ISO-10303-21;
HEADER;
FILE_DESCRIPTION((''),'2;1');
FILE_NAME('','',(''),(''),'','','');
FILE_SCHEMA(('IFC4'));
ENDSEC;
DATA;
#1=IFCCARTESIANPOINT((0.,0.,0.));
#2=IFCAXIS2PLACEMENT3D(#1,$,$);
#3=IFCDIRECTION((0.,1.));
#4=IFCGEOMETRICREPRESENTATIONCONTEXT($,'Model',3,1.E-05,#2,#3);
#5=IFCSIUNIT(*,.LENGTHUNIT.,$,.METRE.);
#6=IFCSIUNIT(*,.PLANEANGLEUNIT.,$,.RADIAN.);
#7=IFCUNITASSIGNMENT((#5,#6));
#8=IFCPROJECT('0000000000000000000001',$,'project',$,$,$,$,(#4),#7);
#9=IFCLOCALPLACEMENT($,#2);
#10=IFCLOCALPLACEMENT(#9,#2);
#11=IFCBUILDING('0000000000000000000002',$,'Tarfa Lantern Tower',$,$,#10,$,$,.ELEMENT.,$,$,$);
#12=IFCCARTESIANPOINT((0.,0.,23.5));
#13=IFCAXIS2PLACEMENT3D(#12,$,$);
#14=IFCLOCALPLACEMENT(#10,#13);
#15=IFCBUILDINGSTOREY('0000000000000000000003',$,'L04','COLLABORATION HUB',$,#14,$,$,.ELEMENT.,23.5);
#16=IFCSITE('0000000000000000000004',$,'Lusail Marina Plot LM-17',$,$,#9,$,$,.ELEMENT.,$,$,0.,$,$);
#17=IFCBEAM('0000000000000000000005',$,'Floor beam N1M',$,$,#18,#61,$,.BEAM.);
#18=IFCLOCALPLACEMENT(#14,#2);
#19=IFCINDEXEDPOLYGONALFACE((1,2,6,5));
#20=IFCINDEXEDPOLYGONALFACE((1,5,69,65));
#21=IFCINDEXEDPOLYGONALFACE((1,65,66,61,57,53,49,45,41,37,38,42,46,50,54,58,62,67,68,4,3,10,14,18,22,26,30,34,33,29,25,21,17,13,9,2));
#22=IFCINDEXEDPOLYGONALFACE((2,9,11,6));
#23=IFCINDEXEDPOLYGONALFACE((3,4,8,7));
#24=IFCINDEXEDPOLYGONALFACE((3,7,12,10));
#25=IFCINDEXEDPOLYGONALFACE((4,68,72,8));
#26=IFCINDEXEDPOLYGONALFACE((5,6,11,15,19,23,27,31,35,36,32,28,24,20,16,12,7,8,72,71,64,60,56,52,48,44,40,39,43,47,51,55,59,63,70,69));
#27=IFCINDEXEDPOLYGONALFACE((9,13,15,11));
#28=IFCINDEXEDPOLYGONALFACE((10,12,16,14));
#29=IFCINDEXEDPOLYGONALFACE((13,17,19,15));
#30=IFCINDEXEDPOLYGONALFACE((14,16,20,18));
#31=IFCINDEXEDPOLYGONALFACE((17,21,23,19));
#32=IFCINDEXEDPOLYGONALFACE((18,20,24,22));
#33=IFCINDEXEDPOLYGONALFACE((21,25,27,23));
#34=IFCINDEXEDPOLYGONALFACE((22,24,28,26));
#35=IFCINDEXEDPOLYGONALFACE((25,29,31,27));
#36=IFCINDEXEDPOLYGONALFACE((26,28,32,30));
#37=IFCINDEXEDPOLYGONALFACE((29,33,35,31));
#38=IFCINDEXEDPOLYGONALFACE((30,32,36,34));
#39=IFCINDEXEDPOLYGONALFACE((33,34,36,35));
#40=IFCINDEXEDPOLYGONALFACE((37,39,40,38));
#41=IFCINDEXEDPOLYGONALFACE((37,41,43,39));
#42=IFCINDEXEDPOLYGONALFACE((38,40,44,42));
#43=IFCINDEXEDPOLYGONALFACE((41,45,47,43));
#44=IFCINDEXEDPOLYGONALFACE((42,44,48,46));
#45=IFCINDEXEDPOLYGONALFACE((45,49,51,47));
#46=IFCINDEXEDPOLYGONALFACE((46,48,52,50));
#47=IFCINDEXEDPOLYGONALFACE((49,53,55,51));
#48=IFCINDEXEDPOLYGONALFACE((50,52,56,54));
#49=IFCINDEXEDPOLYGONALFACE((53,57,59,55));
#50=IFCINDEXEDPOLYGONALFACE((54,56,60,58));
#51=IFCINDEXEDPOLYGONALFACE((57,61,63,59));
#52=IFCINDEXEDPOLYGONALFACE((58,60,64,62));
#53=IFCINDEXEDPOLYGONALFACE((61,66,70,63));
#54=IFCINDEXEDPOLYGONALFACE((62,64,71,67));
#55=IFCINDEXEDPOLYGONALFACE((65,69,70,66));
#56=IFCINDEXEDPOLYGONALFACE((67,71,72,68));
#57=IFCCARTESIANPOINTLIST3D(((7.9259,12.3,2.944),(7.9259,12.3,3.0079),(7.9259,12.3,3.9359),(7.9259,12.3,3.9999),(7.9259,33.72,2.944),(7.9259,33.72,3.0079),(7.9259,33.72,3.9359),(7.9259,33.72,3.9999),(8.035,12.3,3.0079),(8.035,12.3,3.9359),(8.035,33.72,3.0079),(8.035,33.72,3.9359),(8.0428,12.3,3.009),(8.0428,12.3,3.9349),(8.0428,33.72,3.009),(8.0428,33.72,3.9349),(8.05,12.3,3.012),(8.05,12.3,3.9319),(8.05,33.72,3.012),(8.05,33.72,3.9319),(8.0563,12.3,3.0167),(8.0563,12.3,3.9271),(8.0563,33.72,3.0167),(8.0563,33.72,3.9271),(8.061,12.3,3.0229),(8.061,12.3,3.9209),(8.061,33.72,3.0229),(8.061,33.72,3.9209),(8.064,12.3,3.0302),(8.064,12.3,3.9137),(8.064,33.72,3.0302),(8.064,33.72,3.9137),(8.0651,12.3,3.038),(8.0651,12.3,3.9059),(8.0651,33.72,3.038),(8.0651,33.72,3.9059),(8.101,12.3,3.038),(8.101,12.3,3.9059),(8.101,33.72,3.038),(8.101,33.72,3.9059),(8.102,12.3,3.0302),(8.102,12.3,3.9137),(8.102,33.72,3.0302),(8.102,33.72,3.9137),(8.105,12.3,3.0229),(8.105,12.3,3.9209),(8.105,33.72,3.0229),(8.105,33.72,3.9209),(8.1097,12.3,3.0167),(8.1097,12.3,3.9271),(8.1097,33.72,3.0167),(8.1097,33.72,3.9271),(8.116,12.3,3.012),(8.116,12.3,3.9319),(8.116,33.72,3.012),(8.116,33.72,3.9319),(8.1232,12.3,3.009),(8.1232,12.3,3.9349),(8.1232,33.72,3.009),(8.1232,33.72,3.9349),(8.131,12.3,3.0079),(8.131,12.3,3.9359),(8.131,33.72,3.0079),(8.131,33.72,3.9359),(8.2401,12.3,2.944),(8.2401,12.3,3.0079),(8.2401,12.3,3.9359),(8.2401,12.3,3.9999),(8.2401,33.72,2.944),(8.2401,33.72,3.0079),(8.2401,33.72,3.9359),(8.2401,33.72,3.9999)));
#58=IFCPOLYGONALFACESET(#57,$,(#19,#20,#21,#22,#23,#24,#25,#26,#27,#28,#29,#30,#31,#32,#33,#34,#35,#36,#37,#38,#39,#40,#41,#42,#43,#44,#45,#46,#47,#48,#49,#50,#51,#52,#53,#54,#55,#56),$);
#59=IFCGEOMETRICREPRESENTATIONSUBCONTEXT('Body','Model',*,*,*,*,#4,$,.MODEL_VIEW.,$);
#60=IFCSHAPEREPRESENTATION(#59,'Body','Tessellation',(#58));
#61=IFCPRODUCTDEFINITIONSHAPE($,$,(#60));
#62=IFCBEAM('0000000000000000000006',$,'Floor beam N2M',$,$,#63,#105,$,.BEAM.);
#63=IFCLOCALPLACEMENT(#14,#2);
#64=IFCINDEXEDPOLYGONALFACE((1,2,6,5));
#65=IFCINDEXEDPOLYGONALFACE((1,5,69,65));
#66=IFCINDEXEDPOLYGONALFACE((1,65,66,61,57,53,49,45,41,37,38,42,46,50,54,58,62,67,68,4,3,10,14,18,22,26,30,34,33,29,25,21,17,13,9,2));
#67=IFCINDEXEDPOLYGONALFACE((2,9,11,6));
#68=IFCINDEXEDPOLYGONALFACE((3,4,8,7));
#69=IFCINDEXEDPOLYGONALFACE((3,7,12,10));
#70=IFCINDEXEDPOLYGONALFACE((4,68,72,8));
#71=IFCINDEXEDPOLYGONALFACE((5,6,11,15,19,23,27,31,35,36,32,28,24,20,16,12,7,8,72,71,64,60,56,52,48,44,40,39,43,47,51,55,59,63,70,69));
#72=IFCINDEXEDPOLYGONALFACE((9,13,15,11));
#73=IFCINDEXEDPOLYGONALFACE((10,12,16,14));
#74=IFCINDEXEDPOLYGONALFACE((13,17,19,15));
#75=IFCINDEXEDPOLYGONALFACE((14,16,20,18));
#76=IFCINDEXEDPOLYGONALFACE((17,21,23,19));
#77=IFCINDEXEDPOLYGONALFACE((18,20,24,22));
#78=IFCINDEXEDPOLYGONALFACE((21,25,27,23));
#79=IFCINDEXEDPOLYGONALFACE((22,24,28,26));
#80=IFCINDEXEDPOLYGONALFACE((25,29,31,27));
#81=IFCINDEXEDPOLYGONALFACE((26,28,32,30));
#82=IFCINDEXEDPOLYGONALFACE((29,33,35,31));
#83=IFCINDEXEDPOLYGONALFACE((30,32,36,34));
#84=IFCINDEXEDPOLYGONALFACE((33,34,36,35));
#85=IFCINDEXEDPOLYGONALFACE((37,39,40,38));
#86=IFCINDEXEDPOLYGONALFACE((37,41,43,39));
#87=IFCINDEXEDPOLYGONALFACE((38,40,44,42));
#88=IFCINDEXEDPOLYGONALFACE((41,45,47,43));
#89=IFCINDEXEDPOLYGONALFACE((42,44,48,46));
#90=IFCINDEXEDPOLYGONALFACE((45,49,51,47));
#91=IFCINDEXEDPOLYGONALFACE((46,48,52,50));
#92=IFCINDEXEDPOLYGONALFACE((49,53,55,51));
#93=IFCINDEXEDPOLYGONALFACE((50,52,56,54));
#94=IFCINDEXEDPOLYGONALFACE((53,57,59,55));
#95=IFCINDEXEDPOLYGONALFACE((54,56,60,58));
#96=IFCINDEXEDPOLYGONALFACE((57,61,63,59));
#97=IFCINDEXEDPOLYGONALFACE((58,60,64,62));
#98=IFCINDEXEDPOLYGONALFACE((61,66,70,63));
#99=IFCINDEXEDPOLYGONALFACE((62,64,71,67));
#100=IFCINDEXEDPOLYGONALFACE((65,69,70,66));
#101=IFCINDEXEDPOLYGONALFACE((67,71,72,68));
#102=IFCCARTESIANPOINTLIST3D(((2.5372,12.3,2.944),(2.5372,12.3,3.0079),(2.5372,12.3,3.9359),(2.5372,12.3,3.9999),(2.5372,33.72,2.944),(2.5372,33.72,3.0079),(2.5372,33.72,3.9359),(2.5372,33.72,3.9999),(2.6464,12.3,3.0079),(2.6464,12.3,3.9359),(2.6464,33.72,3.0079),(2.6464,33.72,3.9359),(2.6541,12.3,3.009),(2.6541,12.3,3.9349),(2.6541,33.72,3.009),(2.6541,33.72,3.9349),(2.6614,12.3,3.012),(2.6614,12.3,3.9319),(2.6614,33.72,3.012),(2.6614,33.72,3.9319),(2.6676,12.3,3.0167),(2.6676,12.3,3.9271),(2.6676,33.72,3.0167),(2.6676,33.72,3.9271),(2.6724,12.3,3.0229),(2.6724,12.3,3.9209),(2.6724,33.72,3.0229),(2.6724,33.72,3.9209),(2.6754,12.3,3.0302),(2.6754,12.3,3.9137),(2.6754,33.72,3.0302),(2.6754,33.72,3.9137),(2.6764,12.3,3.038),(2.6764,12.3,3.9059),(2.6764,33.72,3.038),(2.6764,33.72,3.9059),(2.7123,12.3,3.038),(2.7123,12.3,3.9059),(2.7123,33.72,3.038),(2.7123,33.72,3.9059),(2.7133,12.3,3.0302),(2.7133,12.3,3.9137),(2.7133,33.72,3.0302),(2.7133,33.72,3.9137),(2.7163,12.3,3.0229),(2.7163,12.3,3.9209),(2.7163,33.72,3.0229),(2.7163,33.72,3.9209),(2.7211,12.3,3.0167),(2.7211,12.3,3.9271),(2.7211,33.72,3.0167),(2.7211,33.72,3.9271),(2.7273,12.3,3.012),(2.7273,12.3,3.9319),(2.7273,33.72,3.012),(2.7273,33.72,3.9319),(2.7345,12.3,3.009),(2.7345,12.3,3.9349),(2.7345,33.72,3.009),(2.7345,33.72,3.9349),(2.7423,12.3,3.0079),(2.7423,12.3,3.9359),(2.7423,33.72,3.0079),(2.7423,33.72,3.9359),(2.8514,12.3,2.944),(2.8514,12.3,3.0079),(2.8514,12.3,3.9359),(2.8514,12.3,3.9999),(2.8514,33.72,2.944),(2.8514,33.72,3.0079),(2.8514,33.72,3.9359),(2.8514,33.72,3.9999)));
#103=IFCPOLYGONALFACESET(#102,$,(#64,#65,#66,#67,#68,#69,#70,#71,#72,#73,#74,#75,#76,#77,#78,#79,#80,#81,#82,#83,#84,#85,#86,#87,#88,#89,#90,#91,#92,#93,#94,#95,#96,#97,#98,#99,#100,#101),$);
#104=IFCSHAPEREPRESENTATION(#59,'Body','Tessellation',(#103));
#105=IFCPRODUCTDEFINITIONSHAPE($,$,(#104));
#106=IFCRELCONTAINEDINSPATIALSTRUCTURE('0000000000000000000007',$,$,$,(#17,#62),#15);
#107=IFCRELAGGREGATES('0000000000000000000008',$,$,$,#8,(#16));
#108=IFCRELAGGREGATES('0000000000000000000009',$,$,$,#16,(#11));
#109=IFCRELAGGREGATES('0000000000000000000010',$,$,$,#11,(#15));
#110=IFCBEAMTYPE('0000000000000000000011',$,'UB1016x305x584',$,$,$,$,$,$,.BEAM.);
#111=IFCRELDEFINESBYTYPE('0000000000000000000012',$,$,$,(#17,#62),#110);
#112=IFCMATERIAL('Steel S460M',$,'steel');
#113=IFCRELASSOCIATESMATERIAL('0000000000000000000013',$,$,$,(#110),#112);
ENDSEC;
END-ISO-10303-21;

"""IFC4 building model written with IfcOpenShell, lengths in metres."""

from ifc_helpers import new_model, si_unit, direction, frame, origin, origin_2d, place, context, subcontext, project, spatial, i_section, extrude, material, material_profile, profile_set, type_object, element, save


model = new_model("IFC4")

# Units and contexts
model_context = context("Model", 3, precision=1e-05, world=origin(), true_north=direction((0.0, 1.0)))
body_context = subcontext(model_context, "Body", "Model", "MODEL_VIEW")
ifc_project = project(units=[si_unit("LENGTHUNIT", "METRE"), si_unit("PLANEANGLEUNIT", "RADIAN")], contexts=[model_context])

# Site, building, storey
site_placement = place(None, origin())
site = spatial("IfcSite", under=ifc_project, at=site_placement, Name="Lusail Marina Plot LM-17", CompositionType="ELEMENT", RefElevation=0.0)
building_placement = place(site_placement, origin())
building = spatial("IfcBuilding", under=site, at=building_placement, Name="Tarfa Lantern Tower", CompositionType="ELEMENT")
storey_placement = place(building_placement, frame((0.0, 0.0, 23.5)))
storey = spatial("IfcBuildingStorey", under=building, at=storey_placement, Name="L04", Description="COLLABORATION HUB", CompositionType="ELEMENT", Elevation=23.5)

# Beams
ifc_material_1 = material(Name="Steel S460M", Category="steel")
ifc_material_profile_1 = material_profile(ifc_material_1, i_section(OverallWidth=0.3142, OverallDepth=1.0559, WebThickness=0.0359, FlangeThickness=0.064, FilletRadius=0.03, at=origin_2d()), Name="UB1016x305x584")
ifc_profile_set_1 = profile_set([ifc_material_profile_1], Name="Steel S460M")
beam_type_1 = type_object("IfcBeamType", Name="UB1016x305x584", PredefinedType="BEAM", material=ifc_profile_set_1)
for number, where, z_axis, x_axis, name in (
    (1, (8.083, 33.72, 3.4719), (0.0, -1.0, 0.0), (1.0, 0.0, 0.0), "Floor beam N1M"),
    (2, (2.6943, 33.72, 3.4719), (0.0, -1.0, 0.0), (1.0, 0.0, 0.0), "Floor beam N2M"),
):
    element("IfcBeam", number, at=place(storey_placement, frame(where, z_axis=z_axis, x_axis=x_axis)), inside=storey, type_object=beam_type_1, Name=name, PredefinedType="BEAM", context=body_context, shape_type="SweptSolid", body=[
        extrude(i_section(OverallWidth=0.3142, OverallDepth=1.0559, WebThickness=0.0359, FlangeThickness=0.064, FilletRadius=0.03, at=origin_2d()), origin(), (0.0, 0.0, 1.0), 21.4199),
    ])

save(model, "model.ifc")
